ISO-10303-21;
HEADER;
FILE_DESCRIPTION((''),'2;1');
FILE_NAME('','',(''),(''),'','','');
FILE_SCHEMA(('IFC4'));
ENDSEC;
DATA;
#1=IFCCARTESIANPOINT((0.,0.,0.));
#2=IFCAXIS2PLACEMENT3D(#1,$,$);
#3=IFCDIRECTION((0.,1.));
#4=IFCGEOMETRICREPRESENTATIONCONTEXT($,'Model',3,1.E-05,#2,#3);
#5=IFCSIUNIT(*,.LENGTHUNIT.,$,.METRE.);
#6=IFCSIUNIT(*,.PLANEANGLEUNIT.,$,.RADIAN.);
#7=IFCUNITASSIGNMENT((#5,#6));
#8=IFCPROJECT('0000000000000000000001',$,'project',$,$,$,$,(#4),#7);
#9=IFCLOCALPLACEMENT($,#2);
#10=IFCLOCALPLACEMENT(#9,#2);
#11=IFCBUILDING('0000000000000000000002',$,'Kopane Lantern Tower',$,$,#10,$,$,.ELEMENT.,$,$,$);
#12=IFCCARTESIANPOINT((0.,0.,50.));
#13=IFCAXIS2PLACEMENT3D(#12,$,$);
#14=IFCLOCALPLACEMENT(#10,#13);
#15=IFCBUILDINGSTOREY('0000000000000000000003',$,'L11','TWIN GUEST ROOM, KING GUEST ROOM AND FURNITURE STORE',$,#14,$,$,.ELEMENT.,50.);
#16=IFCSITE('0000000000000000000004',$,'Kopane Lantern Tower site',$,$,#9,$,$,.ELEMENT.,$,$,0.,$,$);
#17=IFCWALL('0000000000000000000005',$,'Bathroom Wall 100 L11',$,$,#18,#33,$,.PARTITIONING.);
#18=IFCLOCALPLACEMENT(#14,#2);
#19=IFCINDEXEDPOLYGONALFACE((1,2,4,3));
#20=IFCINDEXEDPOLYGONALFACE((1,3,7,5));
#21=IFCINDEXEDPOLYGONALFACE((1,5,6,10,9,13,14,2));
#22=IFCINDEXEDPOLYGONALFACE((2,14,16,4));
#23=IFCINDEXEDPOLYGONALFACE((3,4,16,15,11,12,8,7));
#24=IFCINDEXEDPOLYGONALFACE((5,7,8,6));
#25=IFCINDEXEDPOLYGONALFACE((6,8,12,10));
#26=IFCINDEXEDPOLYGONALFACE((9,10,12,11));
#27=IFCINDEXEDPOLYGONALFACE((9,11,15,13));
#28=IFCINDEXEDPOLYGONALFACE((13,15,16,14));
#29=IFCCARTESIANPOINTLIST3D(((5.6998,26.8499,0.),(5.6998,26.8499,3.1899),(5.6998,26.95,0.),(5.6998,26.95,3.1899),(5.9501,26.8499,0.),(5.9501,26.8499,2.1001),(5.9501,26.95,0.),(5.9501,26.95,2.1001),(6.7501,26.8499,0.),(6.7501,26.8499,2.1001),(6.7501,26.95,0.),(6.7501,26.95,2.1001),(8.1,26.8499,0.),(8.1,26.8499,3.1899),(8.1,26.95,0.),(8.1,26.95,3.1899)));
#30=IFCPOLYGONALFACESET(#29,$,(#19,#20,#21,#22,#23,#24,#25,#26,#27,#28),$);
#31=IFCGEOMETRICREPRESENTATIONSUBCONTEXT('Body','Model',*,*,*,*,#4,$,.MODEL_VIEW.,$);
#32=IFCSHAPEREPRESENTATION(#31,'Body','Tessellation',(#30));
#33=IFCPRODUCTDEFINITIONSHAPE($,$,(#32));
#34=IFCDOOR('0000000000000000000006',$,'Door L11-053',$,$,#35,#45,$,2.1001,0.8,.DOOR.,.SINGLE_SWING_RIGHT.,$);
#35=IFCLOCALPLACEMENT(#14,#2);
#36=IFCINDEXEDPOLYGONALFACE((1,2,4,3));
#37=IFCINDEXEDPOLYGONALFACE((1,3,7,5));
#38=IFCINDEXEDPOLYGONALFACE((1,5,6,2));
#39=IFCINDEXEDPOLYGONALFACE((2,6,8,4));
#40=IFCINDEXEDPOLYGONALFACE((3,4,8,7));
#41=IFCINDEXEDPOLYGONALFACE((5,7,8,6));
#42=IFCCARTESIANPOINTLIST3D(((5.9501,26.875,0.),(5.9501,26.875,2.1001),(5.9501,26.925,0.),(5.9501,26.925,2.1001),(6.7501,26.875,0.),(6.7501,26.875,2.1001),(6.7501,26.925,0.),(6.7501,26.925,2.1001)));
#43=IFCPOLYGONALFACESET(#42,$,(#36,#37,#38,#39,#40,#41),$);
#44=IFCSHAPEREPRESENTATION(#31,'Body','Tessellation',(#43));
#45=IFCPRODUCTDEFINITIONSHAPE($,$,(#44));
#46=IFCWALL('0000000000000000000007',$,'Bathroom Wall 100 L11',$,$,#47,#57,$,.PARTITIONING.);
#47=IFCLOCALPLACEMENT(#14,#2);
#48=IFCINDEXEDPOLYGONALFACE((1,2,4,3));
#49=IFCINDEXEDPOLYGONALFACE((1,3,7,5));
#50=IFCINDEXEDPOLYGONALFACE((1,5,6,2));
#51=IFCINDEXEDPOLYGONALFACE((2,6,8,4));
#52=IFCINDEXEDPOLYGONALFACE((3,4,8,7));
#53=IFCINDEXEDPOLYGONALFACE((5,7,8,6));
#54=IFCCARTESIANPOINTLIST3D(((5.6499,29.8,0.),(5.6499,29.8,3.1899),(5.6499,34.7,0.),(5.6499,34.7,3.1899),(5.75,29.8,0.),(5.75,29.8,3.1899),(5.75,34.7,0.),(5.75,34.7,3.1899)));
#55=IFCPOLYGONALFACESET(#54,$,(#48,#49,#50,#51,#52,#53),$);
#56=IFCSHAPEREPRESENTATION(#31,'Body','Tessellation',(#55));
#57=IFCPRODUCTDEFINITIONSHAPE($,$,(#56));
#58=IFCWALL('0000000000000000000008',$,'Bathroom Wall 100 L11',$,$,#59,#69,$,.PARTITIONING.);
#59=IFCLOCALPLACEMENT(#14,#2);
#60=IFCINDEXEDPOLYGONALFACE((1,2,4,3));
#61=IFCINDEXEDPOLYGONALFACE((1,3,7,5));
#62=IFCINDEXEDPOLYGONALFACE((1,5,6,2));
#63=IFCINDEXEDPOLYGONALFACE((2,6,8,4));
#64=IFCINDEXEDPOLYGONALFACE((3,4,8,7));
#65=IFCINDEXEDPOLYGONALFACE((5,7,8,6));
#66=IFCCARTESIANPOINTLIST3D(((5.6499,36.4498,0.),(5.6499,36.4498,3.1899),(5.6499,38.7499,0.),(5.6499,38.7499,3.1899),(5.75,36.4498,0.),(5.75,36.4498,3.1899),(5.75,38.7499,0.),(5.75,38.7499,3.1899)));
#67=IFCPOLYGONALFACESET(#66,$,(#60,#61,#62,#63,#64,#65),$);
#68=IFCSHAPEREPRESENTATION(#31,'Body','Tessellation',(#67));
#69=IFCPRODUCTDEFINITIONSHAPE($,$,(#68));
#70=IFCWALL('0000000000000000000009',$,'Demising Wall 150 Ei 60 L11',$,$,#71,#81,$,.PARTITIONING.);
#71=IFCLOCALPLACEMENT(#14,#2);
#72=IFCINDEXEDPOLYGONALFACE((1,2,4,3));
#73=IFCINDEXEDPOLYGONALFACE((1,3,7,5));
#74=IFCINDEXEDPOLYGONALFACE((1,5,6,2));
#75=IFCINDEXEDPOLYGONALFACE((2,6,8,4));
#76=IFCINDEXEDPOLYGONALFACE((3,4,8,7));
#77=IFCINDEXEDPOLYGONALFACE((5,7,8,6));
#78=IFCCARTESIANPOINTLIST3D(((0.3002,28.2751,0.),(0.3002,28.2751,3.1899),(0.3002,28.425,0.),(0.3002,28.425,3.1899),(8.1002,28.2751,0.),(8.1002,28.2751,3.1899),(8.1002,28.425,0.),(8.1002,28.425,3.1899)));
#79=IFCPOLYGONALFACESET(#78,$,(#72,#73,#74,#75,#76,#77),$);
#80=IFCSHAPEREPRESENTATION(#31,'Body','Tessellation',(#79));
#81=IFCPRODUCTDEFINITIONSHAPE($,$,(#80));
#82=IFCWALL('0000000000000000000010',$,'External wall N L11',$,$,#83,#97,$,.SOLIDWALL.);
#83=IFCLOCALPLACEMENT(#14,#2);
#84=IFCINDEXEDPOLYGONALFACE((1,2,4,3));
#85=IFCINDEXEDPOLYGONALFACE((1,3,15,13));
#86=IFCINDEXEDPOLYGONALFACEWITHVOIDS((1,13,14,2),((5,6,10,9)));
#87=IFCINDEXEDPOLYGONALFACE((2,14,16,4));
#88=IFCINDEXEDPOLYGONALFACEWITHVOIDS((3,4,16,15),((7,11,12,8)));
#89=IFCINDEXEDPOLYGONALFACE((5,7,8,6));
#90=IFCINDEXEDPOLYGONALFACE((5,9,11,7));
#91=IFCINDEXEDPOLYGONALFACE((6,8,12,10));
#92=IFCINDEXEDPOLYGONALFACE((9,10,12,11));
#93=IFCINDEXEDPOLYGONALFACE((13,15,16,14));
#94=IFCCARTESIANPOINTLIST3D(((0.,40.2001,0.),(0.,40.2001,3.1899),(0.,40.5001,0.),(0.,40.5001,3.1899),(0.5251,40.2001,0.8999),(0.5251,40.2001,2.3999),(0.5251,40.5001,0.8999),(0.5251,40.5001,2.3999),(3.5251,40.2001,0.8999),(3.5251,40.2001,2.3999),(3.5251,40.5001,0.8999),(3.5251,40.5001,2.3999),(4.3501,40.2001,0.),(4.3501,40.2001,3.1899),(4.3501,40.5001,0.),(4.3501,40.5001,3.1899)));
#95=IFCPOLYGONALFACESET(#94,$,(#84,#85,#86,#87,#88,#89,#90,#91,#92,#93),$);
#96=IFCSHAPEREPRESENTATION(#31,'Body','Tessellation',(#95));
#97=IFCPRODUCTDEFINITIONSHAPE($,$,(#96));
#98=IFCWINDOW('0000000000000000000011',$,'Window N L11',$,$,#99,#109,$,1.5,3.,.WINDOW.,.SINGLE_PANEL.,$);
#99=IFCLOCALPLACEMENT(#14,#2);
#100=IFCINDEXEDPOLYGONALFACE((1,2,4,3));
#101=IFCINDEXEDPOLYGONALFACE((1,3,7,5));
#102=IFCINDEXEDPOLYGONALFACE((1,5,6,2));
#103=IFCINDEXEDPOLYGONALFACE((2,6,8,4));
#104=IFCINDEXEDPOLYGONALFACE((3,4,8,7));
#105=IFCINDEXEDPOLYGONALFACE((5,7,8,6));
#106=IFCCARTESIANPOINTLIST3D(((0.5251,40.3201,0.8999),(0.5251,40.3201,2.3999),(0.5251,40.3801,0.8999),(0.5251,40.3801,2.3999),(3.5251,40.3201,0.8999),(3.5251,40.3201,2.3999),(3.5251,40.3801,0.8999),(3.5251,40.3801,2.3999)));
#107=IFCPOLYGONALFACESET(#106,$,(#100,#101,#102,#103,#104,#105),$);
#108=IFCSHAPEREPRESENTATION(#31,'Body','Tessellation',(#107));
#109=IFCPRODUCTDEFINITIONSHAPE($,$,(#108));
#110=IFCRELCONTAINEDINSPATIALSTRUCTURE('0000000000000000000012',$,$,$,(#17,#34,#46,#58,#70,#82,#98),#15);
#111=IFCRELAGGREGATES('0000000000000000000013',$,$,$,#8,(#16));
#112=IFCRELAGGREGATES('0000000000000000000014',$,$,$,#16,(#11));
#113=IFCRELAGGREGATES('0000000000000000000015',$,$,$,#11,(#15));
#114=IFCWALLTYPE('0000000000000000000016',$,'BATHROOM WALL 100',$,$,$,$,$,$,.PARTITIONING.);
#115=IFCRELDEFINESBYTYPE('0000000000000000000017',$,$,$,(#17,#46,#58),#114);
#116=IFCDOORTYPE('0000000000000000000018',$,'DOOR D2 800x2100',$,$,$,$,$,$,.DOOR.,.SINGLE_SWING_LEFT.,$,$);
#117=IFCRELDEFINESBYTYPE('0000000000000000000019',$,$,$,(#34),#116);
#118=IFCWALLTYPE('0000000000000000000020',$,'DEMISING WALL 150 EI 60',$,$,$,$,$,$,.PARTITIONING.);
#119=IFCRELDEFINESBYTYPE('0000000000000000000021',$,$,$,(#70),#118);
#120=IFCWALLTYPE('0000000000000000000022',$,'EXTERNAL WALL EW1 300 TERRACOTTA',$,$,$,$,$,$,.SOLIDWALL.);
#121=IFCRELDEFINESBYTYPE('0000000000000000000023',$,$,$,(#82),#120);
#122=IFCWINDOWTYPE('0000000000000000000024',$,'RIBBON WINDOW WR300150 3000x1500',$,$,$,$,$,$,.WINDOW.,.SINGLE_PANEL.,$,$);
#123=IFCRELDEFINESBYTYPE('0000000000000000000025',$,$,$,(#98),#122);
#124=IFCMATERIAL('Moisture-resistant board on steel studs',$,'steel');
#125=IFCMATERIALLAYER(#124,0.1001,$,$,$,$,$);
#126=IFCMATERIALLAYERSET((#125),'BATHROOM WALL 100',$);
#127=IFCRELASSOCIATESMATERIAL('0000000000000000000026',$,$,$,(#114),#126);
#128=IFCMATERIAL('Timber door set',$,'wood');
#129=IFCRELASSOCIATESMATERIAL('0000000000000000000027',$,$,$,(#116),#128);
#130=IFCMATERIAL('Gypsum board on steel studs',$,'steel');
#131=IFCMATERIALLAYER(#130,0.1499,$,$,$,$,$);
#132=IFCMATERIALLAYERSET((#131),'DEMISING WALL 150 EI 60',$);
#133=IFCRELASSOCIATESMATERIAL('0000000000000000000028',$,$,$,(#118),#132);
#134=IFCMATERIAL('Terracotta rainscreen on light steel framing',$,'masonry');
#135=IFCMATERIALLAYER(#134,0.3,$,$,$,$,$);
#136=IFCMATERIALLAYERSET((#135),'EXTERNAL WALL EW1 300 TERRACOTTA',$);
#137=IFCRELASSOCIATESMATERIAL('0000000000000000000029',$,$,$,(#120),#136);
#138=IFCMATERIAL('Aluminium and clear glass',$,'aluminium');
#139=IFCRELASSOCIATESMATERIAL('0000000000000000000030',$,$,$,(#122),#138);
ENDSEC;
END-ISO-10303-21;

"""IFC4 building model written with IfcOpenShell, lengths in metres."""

from ifc_helpers import new_model, si_unit, direction, frame, frame_2d, origin, place, context, subcontext, project, spatial, rectangle, extrude, material, layer, layer_set, type_object, element, fill, save


model = new_model("IFC4")

# Units and contexts
model_context = context("Model", 3, precision=1e-05, world=origin(), true_north=direction((0.0, 1.0)))
body_context = subcontext(model_context, "Body", "Model", "MODEL_VIEW")
ifc_project = project(units=[si_unit("LENGTHUNIT", "METRE"), si_unit("PLANEANGLEUNIT", "RADIAN")], contexts=[model_context])

# Site, building, storey
site_placement = place(None, origin())
site = spatial("IfcSite", under=ifc_project, at=site_placement, Name="Kopane Lantern Tower site", CompositionType="ELEMENT", RefElevation=0.0)
building_placement = place(site_placement, origin())
building = spatial("IfcBuilding", under=site, at=building_placement, Name="Kopane Lantern Tower", CompositionType="ELEMENT")
storey_placement = place(building_placement, frame((0.0, 0.0, 50.0)))
storey = spatial("IfcBuildingStorey", under=building, at=storey_placement, Name="L11", Description="TWIN GUEST ROOM, KING GUEST ROOM AND FURNITURE STORE", CompositionType="ELEMENT", Elevation=50.0)

# Wall, opening, door
ifc_material_1 = material(Name="Moisture-resistant board on steel studs", Category="steel")
ifc_layer_1 = layer(ifc_material_1, 0.1001)
ifc_layer_set_1 = layer_set([ifc_layer_1], Name="BATHROOM WALL 100")
wall_type_1 = type_object("IfcWallType", Name="BATHROOM WALL 100", PredefinedType="PARTITIONING", material=ifc_layer_set_1)
wall_1_placement = place(storey_placement, frame((8.1001, 26.8999, 0.0), z_axis=(0.0, 0.0, 1.0), x_axis=(-1.0, 0.0, 0.0)))
wall_1 = element("IfcWall", 1, at=wall_1_placement, inside=storey, type_object=wall_type_1, Name="Bathroom Wall 100 L11", PredefinedType="PARTITIONING", context=body_context, shape_type="SweptSolid", body=[
    extrude(rectangle(XDim=2.4001, YDim=0.1001, at=frame_2d((1.2002, 0.0))), origin(), (0.0, 0.0, 1.0), 3.1899),
])
opening_1_placement = place(wall_1_placement, frame((1.3501, 0.0, 0.0)))
opening_1 = element("IfcOpeningElement", 2, at=opening_1_placement, cuts=wall_1, PredefinedType="OPENING", context=body_context, shape_type="SweptSolid", body=[
    extrude(rectangle(XDim=0.8, YDim=2.1001, at=frame_2d((0.3999, 1.05))), frame((0.0, 0.0601, 0.0), z_axis=(0.0, -1.0, 0.0), x_axis=(1.0, 0.0, 0.0)), (0.0, 0.0, 1.0), 0.1201),
])
ifc_material_2 = material(Name="Timber door set", Category="wood")
door_type = type_object("IfcDoorType", Name="DOOR D2 800x2100", OperationType="SINGLE_SWING_LEFT", PredefinedType="DOOR", material=ifc_material_2)
door_placement = place(opening_1_placement, origin())
door = element("IfcDoor", 3, at=door_placement, inside=storey, type_object=door_type, Name="Door L11-053", OperationType="SINGLE_SWING_RIGHT", OverallHeight=2.1001, OverallWidth=0.8, PredefinedType="DOOR", context=body_context, shape_type="SweptSolid", body=[
    extrude(rectangle(XDim=0.8, YDim=2.1001, at=frame_2d((0.3999, 1.05))), frame((0.0, 0.0249, 0.0), z_axis=(0.0, -1.0, 0.0), x_axis=(1.0, 0.0, 0.0)), (0.0, 0.0, 1.0), 0.05),
])
fill(opening_1, door)

# Walls
wall_2_placement = place(storey_placement, frame((5.7, 29.8, 0.0), z_axis=(0.0, 0.0, 1.0), x_axis=(0.0, 1.0, 0.0)))
element("IfcWall", 4, at=wall_2_placement, inside=storey, type_object=wall_type_1, Name="Bathroom Wall 100 L11", PredefinedType="PARTITIONING", context=body_context, shape_type="SweptSolid", body=[
    extrude(rectangle(XDim=4.8999, YDim=0.1001, at=frame_2d((2.45, 0.0))), origin(), (0.0, 0.0, 1.0), 3.1899),
])
wall_3_placement = place(storey_placement, frame((5.7, 36.45, 0.0), z_axis=(0.0, 0.0, 1.0), x_axis=(0.0, 1.0, 0.0)))
element("IfcWall", 5, at=wall_3_placement, inside=storey, type_object=wall_type_1, Name="Bathroom Wall 100 L11", PredefinedType="PARTITIONING", context=body_context, shape_type="SweptSolid", body=[
    extrude(rectangle(XDim=2.3, YDim=0.1001, at=frame_2d((1.1499, 0.0))), origin(), (0.0, 0.0, 1.0), 3.1899),
])
ifc_material_3 = material(Name="Gypsum board on steel studs", Category="steel")
ifc_layer_2 = layer(ifc_material_3, 0.1499)
ifc_layer_set_2 = layer_set([ifc_layer_2], Name="DEMISING WALL 150 EI 60")
wall_type_2 = type_object("IfcWallType", Name="DEMISING WALL 150 EI 60", PredefinedType="PARTITIONING", material=ifc_layer_set_2)
wall_4_placement = place(storey_placement, frame((8.1001, 28.3501, 0.0), z_axis=(0.0, 0.0, 1.0), x_axis=(-1.0, 0.0, 0.0)))
element("IfcWall", 6, at=wall_4_placement, inside=storey, type_object=wall_type_2, Name="Demising Wall 150 Ei 60 L11", PredefinedType="PARTITIONING", context=body_context, shape_type="SweptSolid", body=[
    extrude(rectangle(XDim=7.8, YDim=0.1499, at=frame_2d((3.8999, 0.0))), origin(), (0.0, 0.0, 1.0), 3.1899),
])

# Wall, opening, window
ifc_material_4 = material(Name="Terracotta rainscreen on light steel framing", Category="masonry")
ifc_layer_3 = layer(ifc_material_4, 0.3)
ifc_layer_set_3 = layer_set([ifc_layer_3], Name="EXTERNAL WALL EW1 300 TERRACOTTA")
wall_type_3 = type_object("IfcWallType", Name="EXTERNAL WALL EW1 300 TERRACOTTA", PredefinedType="SOLIDWALL", material=ifc_layer_set_3)
wall_5_placement = place(storey_placement, frame((4.3501, 40.3501, 0.0), z_axis=(0.0, 0.0, 1.0), x_axis=(-1.0, 0.0, 0.0)))
wall_5 = element("IfcWall", 7, at=wall_5_placement, inside=storey, type_object=wall_type_3, Name="External wall N L11", PredefinedType="SOLIDWALL", context=body_context, shape_type="SweptSolid", body=[
    extrude(rectangle(XDim=4.3501, YDim=0.3, at=frame_2d((2.175, 0.0))), origin(), (0.0, 0.0, 1.0), 3.1899),
])
opening_2_placement = place(wall_5_placement, frame((0.825, 0.0, 0.8999)))
opening_2 = element("IfcOpeningElement", 8, at=opening_2_placement, cuts=wall_5, PredefinedType="OPENING", context=body_context, shape_type="SweptSolid", body=[
    extrude(rectangle(XDim=3.0, YDim=1.5, at=frame_2d((1.5, 0.75))), frame((0.0, 0.1599, 0.0), z_axis=(0.0, -1.0, 0.0), x_axis=(1.0, 0.0, 0.0)), (0.0, 0.0, 1.0), 0.3201),
])
ifc_material_5 = material(Name="Aluminium and clear glass", Category="aluminium")
window_type_1 = type_object("IfcWindowType", Name="RIBBON WINDOW WR300150 3000x1500", PartitioningType="SINGLE_PANEL", PredefinedType="WINDOW", material=ifc_material_5)
window_1_placement = place(opening_2_placement, origin())
window_1 = element("IfcWindow", 9, at=window_1_placement, inside=storey, type_object=window_type_1, Name="Window N L11", OverallHeight=1.5, OverallWidth=3.0, PartitioningType="SINGLE_PANEL", PredefinedType="WINDOW", context=body_context, shape_type="SweptSolid", body=[
    extrude(rectangle(XDim=3.0, YDim=1.5, at=frame_2d((1.5, 0.75))), frame((0.0, 0.03, 0.0), z_axis=(0.0, -1.0, 0.0), x_axis=(1.0, 0.0, 0.0)), (0.0, 0.0, 1.0), 0.0601),
])
fill(opening_2, window_1)

save(model, "model.ifc")
